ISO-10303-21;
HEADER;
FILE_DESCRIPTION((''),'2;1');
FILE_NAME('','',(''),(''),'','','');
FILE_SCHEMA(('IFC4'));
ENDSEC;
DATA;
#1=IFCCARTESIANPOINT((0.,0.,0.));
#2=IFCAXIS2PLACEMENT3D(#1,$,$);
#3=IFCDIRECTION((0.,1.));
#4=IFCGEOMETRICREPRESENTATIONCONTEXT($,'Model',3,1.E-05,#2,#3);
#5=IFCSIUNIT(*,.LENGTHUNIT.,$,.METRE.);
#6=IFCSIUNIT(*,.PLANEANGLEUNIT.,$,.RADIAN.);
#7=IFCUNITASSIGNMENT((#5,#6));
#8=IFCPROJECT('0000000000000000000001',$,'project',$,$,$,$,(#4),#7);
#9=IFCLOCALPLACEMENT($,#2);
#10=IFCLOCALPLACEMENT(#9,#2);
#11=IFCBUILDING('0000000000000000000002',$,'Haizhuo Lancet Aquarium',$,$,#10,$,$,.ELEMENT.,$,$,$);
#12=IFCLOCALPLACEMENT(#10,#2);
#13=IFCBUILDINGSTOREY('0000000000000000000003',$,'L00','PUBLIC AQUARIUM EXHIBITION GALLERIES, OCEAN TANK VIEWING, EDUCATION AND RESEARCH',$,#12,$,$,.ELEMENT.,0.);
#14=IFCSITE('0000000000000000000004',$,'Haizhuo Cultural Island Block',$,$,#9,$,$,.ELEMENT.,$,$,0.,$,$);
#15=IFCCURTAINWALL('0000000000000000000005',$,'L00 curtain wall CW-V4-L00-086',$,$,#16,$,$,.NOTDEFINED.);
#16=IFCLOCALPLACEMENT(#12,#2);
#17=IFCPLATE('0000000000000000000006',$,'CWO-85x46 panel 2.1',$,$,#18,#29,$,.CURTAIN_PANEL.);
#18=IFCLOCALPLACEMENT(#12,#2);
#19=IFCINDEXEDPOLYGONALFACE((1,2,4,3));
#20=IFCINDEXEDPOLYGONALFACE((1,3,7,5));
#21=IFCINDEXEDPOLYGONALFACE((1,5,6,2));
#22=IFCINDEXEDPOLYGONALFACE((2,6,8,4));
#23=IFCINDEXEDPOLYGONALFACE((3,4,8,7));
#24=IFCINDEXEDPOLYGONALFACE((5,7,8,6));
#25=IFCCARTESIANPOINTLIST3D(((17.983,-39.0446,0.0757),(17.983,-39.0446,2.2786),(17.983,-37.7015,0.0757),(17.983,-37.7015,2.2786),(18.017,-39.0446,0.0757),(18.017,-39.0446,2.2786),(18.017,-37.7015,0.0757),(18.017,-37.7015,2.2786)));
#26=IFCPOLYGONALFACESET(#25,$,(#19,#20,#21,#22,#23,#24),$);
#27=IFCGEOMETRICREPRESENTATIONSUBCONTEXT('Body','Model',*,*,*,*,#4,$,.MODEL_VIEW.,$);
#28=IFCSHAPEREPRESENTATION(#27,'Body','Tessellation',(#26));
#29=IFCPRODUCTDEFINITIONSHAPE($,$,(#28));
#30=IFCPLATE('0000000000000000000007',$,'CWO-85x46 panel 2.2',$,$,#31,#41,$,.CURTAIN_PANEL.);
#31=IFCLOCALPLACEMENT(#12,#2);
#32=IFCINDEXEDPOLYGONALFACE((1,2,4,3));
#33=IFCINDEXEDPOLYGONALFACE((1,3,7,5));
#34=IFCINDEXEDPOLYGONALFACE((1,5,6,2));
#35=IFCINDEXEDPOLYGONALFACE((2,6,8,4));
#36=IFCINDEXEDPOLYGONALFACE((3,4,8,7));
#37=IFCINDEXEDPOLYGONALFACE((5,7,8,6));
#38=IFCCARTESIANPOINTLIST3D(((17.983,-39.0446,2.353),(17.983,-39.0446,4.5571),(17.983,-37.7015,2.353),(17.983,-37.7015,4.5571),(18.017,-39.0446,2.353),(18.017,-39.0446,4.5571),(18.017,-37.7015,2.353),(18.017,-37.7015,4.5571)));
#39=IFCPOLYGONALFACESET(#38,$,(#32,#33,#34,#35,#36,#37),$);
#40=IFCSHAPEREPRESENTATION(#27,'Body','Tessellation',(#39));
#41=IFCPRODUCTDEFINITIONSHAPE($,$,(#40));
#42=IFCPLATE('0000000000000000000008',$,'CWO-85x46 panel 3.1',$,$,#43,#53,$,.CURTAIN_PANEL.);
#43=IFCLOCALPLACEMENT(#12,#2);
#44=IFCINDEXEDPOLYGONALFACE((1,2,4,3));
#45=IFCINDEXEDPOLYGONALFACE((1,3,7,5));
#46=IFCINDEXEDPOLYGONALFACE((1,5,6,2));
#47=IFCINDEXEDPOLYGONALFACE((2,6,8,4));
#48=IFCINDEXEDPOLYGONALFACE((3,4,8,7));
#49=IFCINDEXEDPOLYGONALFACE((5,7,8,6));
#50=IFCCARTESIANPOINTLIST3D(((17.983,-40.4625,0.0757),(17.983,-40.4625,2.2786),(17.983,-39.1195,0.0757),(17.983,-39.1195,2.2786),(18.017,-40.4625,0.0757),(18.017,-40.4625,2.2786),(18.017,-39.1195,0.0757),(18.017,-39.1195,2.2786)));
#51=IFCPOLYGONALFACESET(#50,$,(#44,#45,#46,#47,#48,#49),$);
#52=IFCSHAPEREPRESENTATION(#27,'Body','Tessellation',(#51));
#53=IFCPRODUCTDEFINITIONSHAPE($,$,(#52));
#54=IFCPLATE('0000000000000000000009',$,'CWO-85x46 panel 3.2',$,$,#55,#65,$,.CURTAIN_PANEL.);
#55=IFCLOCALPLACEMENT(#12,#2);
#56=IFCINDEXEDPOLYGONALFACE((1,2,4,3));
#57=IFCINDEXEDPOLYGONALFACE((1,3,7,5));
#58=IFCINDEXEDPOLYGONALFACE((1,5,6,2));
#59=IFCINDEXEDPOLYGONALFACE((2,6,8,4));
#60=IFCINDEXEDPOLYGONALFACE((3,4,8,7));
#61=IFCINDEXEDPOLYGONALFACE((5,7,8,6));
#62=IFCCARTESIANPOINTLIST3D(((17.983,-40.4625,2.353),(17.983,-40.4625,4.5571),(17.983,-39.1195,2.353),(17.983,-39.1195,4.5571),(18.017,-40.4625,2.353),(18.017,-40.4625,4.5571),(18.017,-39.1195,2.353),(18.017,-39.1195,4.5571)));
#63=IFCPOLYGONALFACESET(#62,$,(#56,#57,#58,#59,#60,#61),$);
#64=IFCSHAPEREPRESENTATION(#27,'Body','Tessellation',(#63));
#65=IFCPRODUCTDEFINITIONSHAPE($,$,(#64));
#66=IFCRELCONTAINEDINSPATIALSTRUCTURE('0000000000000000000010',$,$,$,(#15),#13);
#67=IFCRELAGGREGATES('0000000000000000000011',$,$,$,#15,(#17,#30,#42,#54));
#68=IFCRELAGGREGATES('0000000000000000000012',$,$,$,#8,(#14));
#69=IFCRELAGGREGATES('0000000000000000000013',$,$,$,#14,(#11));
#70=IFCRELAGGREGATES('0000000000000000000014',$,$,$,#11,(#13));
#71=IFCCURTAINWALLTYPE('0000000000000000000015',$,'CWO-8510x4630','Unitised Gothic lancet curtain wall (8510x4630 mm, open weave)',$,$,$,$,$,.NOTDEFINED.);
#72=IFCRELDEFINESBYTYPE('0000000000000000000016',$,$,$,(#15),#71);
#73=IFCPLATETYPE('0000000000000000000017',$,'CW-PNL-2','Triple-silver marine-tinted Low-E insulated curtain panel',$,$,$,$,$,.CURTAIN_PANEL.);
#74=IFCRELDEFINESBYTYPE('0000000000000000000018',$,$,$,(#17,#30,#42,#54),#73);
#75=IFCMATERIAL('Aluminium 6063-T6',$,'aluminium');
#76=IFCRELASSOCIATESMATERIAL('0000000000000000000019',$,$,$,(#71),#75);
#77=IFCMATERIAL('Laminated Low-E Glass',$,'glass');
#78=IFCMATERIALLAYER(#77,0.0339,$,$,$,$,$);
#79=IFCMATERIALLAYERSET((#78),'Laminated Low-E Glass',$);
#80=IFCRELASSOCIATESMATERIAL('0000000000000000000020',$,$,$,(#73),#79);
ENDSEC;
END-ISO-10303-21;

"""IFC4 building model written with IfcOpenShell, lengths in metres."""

from ifc_helpers import new_model, si_unit, direction, frame, origin, origin_2d, place, context, subcontext, project, spatial, rectangle, extrude, material, layer, layer_set, type_object, element, aggregate, save


model = new_model("IFC4")

# Units and contexts
model_context = context("Model", 3, precision=1e-05, world=origin(), true_north=direction((0.0, 1.0)))
body_context = subcontext(model_context, "Body", "Model", "MODEL_VIEW")
ifc_project = project(units=[si_unit("LENGTHUNIT", "METRE"), si_unit("PLANEANGLEUNIT", "RADIAN")], contexts=[model_context])

# Site, building, storey
site_placement = place(None, origin())
site = spatial("IfcSite", under=ifc_project, at=site_placement, Name="Haizhuo Cultural Island Block", CompositionType="ELEMENT", RefElevation=0.0)
building_placement = place(site_placement, origin())
building = spatial("IfcBuilding", under=site, at=building_placement, Name="Haizhuo Lancet Aquarium", CompositionType="ELEMENT")
storey_placement = place(building_placement, origin())
storey = spatial("IfcBuildingStorey", under=building, at=storey_placement, Name="L00", Description="PUBLIC AQUARIUM EXHIBITION GALLERIES, OCEAN TANK VIEWING, EDUCATION AND RESEARCH", CompositionType="ELEMENT", Elevation=0.0)

# Curtain wall
ifc_material_1 = material(Name="Aluminium 6063-T6", Category="aluminium")
curtain_wall_type_1 = type_object("IfcCurtainWallType", Name="CWO-8510x4630", Description="Unitised Gothic lancet curtain wall (8510x4630 mm, open weave)", PredefinedType="NOTDEFINED", material=ifc_material_1)
curtain_wall_1_placement = place(storey_placement, origin())
curtain_wall_1 = element("IfcCurtainWall", 1, at=curtain_wall_1_placement, inside=storey, type_object=curtain_wall_type_1, Name="L00 curtain wall CW-V4-L00-086", PredefinedType="NOTDEFINED")

# Plates
ifc_material_2 = material(Name="Laminated Low-E Glass", Category="glass")
ifc_layer_1 = layer(ifc_material_2, 0.0339)
ifc_layer_set_1 = layer_set([ifc_layer_1], Name="Laminated Low-E Glass")
plate_type_1 = type_object("IfcPlateType", Name="CW-PNL-2", Description="Triple-silver marine-tinted Low-E insulated curtain panel", PredefinedType="CURTAIN_PANEL", material=ifc_layer_set_1)
plate_1_placement = place(storey_placement, frame((18.0, -38.373, 0.0757), z_axis=(0.0, 0.0, 1.0), x_axis=(0.0, -1.0, 0.0)))
plate_1 = element("IfcPlate", 2, at=plate_1_placement, type_object=plate_type_1, Name="CWO-85x46 panel 2.1", PredefinedType="CURTAIN_PANEL", context=body_context, shape_type="SweptSolid", body=[
    extrude(rectangle(XDim=1.343, YDim=0.0339, at=origin_2d()), origin(), (0.0, 0.0, 1.0), 2.2029),
])
plate_2_placement = place(storey_placement, frame((18.0, -38.373, 2.353), z_axis=(0.0, 0.0, 1.0), x_axis=(0.0, -1.0, 0.0)))
plate_2 = element("IfcPlate", 3, at=plate_2_placement, type_object=plate_type_1, Name="CWO-85x46 panel 2.2", PredefinedType="CURTAIN_PANEL", context=body_context, shape_type="SweptSolid", body=[
    extrude(rectangle(XDim=1.343, YDim=0.0339, at=origin_2d()), origin(), (0.0, 0.0, 1.0), 2.2041),
])
plate_3_placement = place(storey_placement, frame((18.0, -39.791, 0.0757), z_axis=(0.0, 0.0, 1.0), x_axis=(0.0, -1.0, 0.0)))
plate_3 = element("IfcPlate", 4, at=plate_3_placement, type_object=plate_type_1, Name="CWO-85x46 panel 3.1", PredefinedType="CURTAIN_PANEL", context=body_context, shape_type="SweptSolid", body=[
    extrude(rectangle(XDim=1.343, YDim=0.0339, at=origin_2d()), origin(), (0.0, 0.0, 1.0), 2.2029),
])
plate_4_placement = place(storey_placement, frame((18.0, -39.791, 2.353), z_axis=(0.0, 0.0, 1.0), x_axis=(0.0, -1.0, 0.0)))
plate_4 = element("IfcPlate", 5, at=plate_4_placement, type_object=plate_type_1, Name="CWO-85x46 panel 3.2", PredefinedType="CURTAIN_PANEL", context=body_context, shape_type="SweptSolid", body=[
    extrude(rectangle(XDim=1.343, YDim=0.0339, at=origin_2d()), origin(), (0.0, 0.0, 1.0), 2.2041),
])
aggregate(curtain_wall_1, [plate_1, plate_2, plate_3, plate_4])

save(model, "model.ifc")
